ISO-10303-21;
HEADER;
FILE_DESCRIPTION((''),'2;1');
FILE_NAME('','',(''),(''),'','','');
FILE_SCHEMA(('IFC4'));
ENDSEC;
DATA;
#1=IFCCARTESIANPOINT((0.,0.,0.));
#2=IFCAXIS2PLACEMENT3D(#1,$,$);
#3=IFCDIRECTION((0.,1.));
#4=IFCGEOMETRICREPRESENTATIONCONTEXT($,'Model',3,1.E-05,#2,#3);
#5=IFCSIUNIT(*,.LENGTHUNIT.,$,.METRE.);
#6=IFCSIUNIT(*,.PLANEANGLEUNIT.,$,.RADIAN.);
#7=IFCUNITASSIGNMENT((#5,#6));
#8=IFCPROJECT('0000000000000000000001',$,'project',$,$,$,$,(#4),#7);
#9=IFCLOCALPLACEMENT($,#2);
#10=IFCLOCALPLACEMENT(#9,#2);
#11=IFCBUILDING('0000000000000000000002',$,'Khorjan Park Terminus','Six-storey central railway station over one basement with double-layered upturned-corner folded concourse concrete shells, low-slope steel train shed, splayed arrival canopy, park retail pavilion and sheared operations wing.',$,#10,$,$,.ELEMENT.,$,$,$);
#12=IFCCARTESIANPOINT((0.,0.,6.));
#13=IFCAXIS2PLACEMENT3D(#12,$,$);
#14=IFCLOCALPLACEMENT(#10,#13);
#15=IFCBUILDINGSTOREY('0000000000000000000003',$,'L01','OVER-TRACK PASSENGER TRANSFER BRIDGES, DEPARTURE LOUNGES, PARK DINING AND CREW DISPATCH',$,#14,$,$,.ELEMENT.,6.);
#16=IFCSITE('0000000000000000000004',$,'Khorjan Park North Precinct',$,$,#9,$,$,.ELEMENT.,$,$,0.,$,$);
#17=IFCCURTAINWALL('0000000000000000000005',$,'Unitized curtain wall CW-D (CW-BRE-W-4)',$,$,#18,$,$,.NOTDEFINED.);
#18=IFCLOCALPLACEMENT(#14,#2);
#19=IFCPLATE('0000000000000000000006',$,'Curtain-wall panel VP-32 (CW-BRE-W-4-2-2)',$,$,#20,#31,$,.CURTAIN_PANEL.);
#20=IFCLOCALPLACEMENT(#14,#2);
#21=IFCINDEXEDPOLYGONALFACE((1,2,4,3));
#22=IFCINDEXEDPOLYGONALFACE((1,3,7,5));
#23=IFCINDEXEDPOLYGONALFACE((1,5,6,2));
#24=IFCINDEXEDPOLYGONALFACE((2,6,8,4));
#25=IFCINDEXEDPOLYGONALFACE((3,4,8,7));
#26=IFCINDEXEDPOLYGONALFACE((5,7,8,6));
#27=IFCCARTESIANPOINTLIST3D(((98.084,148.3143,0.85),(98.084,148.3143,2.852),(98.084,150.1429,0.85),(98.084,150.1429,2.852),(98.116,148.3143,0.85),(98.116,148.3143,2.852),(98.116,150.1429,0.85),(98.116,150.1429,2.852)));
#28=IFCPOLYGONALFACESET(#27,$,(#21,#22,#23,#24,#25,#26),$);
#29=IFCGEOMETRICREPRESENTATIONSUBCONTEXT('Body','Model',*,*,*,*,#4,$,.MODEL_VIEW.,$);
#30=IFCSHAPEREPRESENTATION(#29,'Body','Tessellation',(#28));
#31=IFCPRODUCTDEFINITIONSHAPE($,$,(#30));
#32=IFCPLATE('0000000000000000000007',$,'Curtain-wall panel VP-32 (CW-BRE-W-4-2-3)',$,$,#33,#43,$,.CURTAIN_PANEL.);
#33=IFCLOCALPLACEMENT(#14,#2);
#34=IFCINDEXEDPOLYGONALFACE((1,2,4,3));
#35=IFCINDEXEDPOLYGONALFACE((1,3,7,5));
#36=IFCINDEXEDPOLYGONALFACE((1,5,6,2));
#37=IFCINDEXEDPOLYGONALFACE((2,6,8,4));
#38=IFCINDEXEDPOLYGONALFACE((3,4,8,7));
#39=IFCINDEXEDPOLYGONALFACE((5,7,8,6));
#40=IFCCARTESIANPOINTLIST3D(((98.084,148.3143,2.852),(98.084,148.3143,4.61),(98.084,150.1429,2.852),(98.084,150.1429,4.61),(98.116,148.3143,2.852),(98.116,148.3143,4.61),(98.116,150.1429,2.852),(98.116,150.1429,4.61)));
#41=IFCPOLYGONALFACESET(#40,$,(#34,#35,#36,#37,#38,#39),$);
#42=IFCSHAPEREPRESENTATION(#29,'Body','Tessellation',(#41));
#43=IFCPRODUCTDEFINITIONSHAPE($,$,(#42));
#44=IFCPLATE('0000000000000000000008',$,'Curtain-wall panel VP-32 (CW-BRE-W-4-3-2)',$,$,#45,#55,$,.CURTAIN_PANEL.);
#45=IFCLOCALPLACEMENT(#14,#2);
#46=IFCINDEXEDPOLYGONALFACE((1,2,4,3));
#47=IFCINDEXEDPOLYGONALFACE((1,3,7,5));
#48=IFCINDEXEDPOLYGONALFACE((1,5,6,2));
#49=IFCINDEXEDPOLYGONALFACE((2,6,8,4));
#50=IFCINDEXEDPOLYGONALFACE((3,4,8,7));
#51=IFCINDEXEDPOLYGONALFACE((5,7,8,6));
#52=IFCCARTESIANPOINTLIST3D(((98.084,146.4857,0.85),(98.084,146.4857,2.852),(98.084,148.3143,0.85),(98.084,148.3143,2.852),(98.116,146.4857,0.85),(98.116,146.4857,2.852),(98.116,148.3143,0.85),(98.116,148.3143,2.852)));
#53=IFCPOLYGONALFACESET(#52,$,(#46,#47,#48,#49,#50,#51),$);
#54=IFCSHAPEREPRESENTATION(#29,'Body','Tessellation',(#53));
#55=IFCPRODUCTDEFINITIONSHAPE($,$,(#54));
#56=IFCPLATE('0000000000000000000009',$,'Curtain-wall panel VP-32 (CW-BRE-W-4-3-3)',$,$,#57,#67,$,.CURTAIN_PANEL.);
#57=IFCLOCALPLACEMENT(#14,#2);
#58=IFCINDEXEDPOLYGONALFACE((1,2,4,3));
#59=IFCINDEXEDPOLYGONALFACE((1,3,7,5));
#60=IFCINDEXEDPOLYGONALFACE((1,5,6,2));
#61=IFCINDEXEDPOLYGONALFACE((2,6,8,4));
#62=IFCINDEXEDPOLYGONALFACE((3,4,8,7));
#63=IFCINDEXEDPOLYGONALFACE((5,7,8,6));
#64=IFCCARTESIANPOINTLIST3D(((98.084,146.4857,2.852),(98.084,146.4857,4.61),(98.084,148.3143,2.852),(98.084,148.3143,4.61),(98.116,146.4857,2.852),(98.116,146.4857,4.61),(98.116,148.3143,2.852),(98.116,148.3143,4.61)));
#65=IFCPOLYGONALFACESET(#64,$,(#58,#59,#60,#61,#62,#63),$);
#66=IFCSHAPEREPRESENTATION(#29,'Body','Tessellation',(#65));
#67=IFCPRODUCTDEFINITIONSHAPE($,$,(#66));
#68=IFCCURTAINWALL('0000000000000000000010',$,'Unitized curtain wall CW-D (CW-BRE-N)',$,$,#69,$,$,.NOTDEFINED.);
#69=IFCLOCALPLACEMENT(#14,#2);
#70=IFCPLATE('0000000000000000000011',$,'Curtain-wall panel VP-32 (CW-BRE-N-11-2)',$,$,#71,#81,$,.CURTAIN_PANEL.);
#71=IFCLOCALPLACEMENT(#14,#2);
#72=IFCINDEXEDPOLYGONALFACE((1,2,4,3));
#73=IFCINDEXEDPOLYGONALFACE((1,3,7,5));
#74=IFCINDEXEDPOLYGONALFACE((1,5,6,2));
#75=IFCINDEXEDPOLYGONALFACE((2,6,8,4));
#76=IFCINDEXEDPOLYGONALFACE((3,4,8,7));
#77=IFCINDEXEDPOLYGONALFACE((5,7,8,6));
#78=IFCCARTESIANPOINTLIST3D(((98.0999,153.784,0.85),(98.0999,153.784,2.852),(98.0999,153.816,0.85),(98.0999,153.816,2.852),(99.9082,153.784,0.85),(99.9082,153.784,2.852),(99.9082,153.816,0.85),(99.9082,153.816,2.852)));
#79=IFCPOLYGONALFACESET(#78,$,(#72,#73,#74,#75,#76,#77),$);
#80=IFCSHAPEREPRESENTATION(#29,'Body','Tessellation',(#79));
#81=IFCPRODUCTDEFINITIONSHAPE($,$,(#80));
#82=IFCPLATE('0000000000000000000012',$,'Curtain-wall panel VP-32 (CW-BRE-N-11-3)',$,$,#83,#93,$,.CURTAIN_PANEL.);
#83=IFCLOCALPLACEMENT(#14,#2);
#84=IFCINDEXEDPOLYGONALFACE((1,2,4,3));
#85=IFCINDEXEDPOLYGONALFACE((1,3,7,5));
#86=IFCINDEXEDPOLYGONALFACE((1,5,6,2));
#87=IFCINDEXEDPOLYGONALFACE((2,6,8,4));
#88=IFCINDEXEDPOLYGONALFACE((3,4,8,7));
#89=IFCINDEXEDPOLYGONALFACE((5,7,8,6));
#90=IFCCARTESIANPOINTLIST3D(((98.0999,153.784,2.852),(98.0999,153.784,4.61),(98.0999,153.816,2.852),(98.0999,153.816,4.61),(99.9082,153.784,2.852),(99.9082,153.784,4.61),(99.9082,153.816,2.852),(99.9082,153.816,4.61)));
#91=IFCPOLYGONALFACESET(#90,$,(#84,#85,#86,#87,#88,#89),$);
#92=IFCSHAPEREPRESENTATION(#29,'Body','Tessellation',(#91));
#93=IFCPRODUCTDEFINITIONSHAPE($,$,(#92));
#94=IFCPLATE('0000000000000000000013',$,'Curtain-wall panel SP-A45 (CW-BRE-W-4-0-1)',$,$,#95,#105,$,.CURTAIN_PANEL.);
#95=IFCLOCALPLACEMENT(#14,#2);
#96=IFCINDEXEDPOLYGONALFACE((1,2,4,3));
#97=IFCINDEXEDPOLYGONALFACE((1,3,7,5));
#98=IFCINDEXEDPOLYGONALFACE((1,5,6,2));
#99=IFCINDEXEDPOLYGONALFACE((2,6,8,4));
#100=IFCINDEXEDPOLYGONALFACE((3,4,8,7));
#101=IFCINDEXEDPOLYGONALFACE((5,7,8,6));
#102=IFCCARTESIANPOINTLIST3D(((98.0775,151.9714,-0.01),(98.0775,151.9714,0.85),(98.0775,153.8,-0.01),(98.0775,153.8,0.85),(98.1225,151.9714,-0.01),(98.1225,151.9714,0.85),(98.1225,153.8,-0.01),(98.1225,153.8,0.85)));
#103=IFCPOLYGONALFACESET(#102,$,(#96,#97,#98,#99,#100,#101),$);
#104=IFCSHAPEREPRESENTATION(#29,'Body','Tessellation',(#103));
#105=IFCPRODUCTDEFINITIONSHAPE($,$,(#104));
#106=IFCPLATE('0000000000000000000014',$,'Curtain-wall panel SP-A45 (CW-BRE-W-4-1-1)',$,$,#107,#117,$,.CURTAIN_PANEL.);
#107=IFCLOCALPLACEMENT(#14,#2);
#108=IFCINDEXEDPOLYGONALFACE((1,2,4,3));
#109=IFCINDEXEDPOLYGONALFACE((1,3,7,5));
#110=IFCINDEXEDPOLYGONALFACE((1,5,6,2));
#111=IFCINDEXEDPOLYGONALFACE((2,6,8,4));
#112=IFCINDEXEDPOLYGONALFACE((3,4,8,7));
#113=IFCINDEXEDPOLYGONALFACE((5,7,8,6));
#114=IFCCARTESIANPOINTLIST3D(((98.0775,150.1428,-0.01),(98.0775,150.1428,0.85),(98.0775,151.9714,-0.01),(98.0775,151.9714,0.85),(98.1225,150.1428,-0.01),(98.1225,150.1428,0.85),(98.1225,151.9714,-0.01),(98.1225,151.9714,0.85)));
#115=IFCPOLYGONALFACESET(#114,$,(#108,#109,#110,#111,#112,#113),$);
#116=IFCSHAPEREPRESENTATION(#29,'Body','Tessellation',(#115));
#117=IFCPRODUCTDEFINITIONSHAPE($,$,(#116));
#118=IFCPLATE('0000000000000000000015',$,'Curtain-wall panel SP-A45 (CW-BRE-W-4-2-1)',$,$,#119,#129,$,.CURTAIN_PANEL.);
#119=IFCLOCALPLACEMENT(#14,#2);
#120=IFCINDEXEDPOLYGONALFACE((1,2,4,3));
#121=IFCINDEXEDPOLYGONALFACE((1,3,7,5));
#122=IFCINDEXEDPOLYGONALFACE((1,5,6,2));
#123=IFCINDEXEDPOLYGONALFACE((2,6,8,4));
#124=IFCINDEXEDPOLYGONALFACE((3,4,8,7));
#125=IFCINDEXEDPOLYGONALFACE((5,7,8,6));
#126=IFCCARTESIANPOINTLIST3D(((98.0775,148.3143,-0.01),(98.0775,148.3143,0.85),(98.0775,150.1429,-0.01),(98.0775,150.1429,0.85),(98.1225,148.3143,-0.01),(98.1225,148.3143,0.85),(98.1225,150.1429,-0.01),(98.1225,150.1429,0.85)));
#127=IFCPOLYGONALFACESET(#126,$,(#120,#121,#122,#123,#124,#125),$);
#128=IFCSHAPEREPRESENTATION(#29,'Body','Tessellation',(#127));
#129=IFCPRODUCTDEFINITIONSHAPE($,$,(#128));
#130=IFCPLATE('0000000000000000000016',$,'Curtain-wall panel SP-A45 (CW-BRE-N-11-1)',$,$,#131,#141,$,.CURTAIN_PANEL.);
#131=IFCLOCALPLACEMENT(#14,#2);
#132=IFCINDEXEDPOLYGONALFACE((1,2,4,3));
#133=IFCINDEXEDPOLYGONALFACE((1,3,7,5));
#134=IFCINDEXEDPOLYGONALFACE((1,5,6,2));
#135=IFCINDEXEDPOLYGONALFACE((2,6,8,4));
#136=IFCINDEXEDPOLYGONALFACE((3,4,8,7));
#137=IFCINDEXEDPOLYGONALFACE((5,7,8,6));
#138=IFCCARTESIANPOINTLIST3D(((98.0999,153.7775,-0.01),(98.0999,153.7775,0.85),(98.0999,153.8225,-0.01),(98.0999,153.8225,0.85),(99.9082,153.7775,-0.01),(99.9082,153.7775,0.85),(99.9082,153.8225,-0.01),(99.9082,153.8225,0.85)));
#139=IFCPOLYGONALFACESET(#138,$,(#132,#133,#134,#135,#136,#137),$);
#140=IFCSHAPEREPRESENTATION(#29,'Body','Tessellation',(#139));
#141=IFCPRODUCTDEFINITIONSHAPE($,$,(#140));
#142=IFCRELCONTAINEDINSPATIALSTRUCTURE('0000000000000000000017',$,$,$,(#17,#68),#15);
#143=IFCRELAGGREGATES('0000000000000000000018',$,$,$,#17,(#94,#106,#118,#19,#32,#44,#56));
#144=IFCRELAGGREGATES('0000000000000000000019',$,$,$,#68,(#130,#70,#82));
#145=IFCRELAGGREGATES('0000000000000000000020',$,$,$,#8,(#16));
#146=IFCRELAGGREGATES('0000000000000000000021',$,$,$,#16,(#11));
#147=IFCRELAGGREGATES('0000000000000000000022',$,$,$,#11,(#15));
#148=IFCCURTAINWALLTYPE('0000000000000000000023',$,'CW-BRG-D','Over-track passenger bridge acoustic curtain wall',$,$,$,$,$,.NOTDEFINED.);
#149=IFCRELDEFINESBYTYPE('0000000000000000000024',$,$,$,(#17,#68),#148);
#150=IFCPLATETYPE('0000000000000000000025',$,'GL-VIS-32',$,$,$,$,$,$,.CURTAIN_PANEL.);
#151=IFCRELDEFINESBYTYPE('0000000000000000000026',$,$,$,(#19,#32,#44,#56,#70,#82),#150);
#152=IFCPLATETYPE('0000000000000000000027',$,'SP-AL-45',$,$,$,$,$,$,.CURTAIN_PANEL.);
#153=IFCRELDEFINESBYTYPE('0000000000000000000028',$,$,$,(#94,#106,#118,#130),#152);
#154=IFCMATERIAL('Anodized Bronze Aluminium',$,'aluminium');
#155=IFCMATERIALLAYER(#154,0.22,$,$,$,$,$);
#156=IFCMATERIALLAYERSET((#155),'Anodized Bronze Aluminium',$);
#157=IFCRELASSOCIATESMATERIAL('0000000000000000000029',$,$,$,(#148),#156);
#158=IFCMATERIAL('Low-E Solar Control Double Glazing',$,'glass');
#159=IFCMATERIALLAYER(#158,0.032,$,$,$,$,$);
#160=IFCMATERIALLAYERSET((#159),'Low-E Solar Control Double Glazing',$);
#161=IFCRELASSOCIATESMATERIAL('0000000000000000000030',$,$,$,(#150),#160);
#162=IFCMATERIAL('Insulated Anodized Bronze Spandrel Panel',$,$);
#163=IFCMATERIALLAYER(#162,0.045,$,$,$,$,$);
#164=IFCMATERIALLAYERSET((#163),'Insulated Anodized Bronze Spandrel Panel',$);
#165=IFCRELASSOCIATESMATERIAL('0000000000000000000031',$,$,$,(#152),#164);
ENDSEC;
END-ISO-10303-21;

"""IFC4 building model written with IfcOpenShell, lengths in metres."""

from ifc_helpers import new_model, si_unit, direction, frame, origin, origin_2d, place, context, subcontext, project, spatial, rectangle, extrude, material, layer, layer_set, type_object, element, aggregate, save


model = new_model("IFC4")

# Units and contexts
model_context = context("Model", 3, precision=1e-05, world=origin(), true_north=direction((0.0, 1.0)))
body_context = subcontext(model_context, "Body", "Model", "MODEL_VIEW")
ifc_project = project(units=[si_unit("LENGTHUNIT", "METRE"), si_unit("PLANEANGLEUNIT", "RADIAN")], contexts=[model_context])

# Site, building, storey
site_placement = place(None, origin())
site = spatial("IfcSite", under=ifc_project, at=site_placement, Name="Khorjan Park North Precinct", CompositionType="ELEMENT", RefElevation=0.0)
building_placement = place(site_placement, origin())
building = spatial("IfcBuilding", under=site, at=building_placement, Name="Khorjan Park Terminus", Description="Six-storey central railway station over one basement with double-layered upturned-corner folded concourse concrete shells, low-slope steel train shed, splayed arrival canopy, park retail pavilion and sheared operations wing.", CompositionType="ELEMENT")
storey_placement = place(building_placement, frame((0.0, 0.0, 6.0)))
storey = spatial("IfcBuildingStorey", under=building, at=storey_placement, Name="L01", Description="OVER-TRACK PASSENGER TRANSFER BRIDGES, DEPARTURE LOUNGES, PARK DINING AND CREW DISPATCH", CompositionType="ELEMENT", Elevation=6.0)

# Curtain wall, plates
ifc_material_1 = material(Name="Anodized Bronze Aluminium", Category="aluminium")
ifc_layer_1 = layer(ifc_material_1, 0.22)
ifc_layer_set_1 = layer_set([ifc_layer_1], Name="Anodized Bronze Aluminium")
curtain_wall_type = type_object("IfcCurtainWallType", Name="CW-BRG-D", Description="Over-track passenger bridge acoustic curtain wall", PredefinedType="NOTDEFINED", material=ifc_layer_set_1)
curtain_wall_1_placement = place(storey_placement, origin())
curtain_wall_1 = element("IfcCurtainWall", 1, at=curtain_wall_1_placement, inside=storey, type_object=curtain_wall_type, Name="Unitized curtain wall CW-D (CW-BRE-W-4)", PredefinedType="NOTDEFINED")
ifc_material_2 = material(Name="Low-E Solar Control Double Glazing", Category="glass")
ifc_layer_2 = layer(ifc_material_2, 0.032)
ifc_layer_set_2 = layer_set([ifc_layer_2], Name="Low-E Solar Control Double Glazing")
plate_type_1 = type_object("IfcPlateType", Name="GL-VIS-32", PredefinedType="CURTAIN_PANEL", material=ifc_layer_set_2)
plate_1_placement = place(storey_placement, frame((98.1, 149.2286, 0.85), z_axis=(0.0, 0.0, 1.0), x_axis=(0.0, -1.0, 0.0)))
plate_1 = element("IfcPlate", 2, at=plate_1_placement, type_object=plate_type_1, Name="Curtain-wall panel VP-32 (CW-BRE-W-4-2-2)", PredefinedType="CURTAIN_PANEL", context=body_context, shape_type="SweptSolid", body=[
    extrude(rectangle(XDim=1.8286, YDim=0.032, at=origin_2d()), origin(), (0.0, 0.0, 1.0), 2.002),
])
plate_2_placement = place(storey_placement, frame((98.1, 149.2286, 2.852), z_axis=(0.0, 0.0, 1.0), x_axis=(0.0, -1.0, 0.0)))
plate_2 = element("IfcPlate", 3, at=plate_2_placement, type_object=plate_type_1, Name="Curtain-wall panel VP-32 (CW-BRE-W-4-2-3)", PredefinedType="CURTAIN_PANEL", context=body_context, shape_type="SweptSolid", body=[
    extrude(rectangle(XDim=1.8286, YDim=0.032, at=origin_2d()), origin(), (0.0, 0.0, 1.0), 1.758),
])
plate_3_placement = place(storey_placement, frame((98.1, 147.4, 0.85), z_axis=(0.0, 0.0, 1.0), x_axis=(0.0, -1.0, 0.0)))
plate_3 = element("IfcPlate", 4, at=plate_3_placement, type_object=plate_type_1, Name="Curtain-wall panel VP-32 (CW-BRE-W-4-3-2)", PredefinedType="CURTAIN_PANEL", context=body_context, shape_type="SweptSolid", body=[
    extrude(rectangle(XDim=1.8286, YDim=0.032, at=origin_2d()), origin(), (0.0, 0.0, 1.0), 2.002),
])
plate_4_placement = place(storey_placement, frame((98.1, 147.4, 2.852), z_axis=(0.0, 0.0, 1.0), x_axis=(0.0, -1.0, 0.0)))
plate_4 = element("IfcPlate", 5, at=plate_4_placement, type_object=plate_type_1, Name="Curtain-wall panel VP-32 (CW-BRE-W-4-3-3)", PredefinedType="CURTAIN_PANEL", context=body_context, shape_type="SweptSolid", body=[
    extrude(rectangle(XDim=1.8286, YDim=0.032, at=origin_2d()), origin(), (0.0, 0.0, 1.0), 1.758),
])

# Curtain wall, plates
curtain_wall_2_placement = place(storey_placement, origin())
curtain_wall_2 = element("IfcCurtainWall", 6, at=curtain_wall_2_placement, inside=storey, type_object=curtain_wall_type, Name="Unitized curtain wall CW-D (CW-BRE-N)", PredefinedType="NOTDEFINED")
plate_5_placement = place(storey_placement, frame((99.0041, 153.8, 0.85), z_axis=(0.0, 0.0, 1.0), x_axis=(-1.0, 0.0, 0.0)))
plate_5 = element("IfcPlate", 7, at=plate_5_placement, type_object=plate_type_1, Name="Curtain-wall panel VP-32 (CW-BRE-N-11-2)", PredefinedType="CURTAIN_PANEL", context=body_context, shape_type="SweptSolid", body=[
    extrude(rectangle(XDim=1.8083, YDim=0.032, at=origin_2d()), origin(), (0.0, 0.0, 1.0), 2.002),
])
plate_6_placement = place(storey_placement, frame((99.0041, 153.8, 2.852), z_axis=(0.0, 0.0, 1.0), x_axis=(-1.0, 0.0, 0.0)))
plate_6 = element("IfcPlate", 8, at=plate_6_placement, type_object=plate_type_1, Name="Curtain-wall panel VP-32 (CW-BRE-N-11-3)", PredefinedType="CURTAIN_PANEL", context=body_context, shape_type="SweptSolid", body=[
    extrude(rectangle(XDim=1.8083, YDim=0.032, at=origin_2d()), origin(), (0.0, 0.0, 1.0), 1.758),
])

# Plates
ifc_material_3 = material(Name="Insulated Anodized Bronze Spandrel Panel")
ifc_layer_3 = layer(ifc_material_3, 0.045)
ifc_layer_set_3 = layer_set([ifc_layer_3], Name="Insulated Anodized Bronze Spandrel Panel")
plate_type_2 = type_object("IfcPlateType", Name="SP-AL-45", PredefinedType="CURTAIN_PANEL", material=ifc_layer_set_3)
plate_7_placement = place(storey_placement, frame((98.1, 152.8857, -0.01), z_axis=(0.0, 0.0, 1.0), x_axis=(0.0, -1.0, 0.0)))
plate_7 = element("IfcPlate", 9, at=plate_7_placement, type_object=plate_type_2, Name="Curtain-wall panel SP-A45 (CW-BRE-W-4-0-1)", PredefinedType="CURTAIN_PANEL", context=body_context, shape_type="SweptSolid", body=[
    extrude(rectangle(XDim=1.8286, YDim=0.045, at=origin_2d()), origin(), (0.0, 0.0, 1.0), 0.86),
])
plate_8_placement = place(storey_placement, frame((98.1, 151.0571, -0.01), z_axis=(0.0, 0.0, 1.0), x_axis=(0.0, -1.0, 0.0)))
plate_8 = element("IfcPlate", 10, at=plate_8_placement, type_object=plate_type_2, Name="Curtain-wall panel SP-A45 (CW-BRE-W-4-1-1)", PredefinedType="CURTAIN_PANEL", context=body_context, shape_type="SweptSolid", body=[
    extrude(rectangle(XDim=1.8286, YDim=0.045, at=origin_2d()), origin(), (0.0, 0.0, 1.0), 0.86),
])
plate_9_placement = place(storey_placement, frame((98.1, 149.2286, -0.01), z_axis=(0.0, 0.0, 1.0), x_axis=(0.0, -1.0, 0.0)))
plate_9 = element("IfcPlate", 11, at=plate_9_placement, type_object=plate_type_2, Name="Curtain-wall panel SP-A45 (CW-BRE-W-4-2-1)", PredefinedType="CURTAIN_PANEL", context=body_context, shape_type="SweptSolid", body=[
    extrude(rectangle(XDim=1.8286, YDim=0.045, at=origin_2d()), origin(), (0.0, 0.0, 1.0), 0.86),
])
aggregate(curtain_wall_1, [plate_7, plate_8, plate_9, plate_1, plate_2, plate_3, plate_4])
plate_10_placement = place(storey_placement, frame((99.0041, 153.8, -0.01), z_axis=(0.0, 0.0, 1.0), x_axis=(-1.0, 0.0, 0.0)))
plate_10 = element("IfcPlate", 12, at=plate_10_placement, type_object=plate_type_2, Name="Curtain-wall panel SP-A45 (CW-BRE-N-11-1)", PredefinedType="CURTAIN_PANEL", context=body_context, shape_type="SweptSolid", body=[
    extrude(rectangle(XDim=1.8083, YDim=0.045, at=origin_2d()), origin(), (0.0, 0.0, 1.0), 0.86),
])
aggregate(curtain_wall_2, [plate_10, plate_5, plate_6])

save(model, "model.ifc")
